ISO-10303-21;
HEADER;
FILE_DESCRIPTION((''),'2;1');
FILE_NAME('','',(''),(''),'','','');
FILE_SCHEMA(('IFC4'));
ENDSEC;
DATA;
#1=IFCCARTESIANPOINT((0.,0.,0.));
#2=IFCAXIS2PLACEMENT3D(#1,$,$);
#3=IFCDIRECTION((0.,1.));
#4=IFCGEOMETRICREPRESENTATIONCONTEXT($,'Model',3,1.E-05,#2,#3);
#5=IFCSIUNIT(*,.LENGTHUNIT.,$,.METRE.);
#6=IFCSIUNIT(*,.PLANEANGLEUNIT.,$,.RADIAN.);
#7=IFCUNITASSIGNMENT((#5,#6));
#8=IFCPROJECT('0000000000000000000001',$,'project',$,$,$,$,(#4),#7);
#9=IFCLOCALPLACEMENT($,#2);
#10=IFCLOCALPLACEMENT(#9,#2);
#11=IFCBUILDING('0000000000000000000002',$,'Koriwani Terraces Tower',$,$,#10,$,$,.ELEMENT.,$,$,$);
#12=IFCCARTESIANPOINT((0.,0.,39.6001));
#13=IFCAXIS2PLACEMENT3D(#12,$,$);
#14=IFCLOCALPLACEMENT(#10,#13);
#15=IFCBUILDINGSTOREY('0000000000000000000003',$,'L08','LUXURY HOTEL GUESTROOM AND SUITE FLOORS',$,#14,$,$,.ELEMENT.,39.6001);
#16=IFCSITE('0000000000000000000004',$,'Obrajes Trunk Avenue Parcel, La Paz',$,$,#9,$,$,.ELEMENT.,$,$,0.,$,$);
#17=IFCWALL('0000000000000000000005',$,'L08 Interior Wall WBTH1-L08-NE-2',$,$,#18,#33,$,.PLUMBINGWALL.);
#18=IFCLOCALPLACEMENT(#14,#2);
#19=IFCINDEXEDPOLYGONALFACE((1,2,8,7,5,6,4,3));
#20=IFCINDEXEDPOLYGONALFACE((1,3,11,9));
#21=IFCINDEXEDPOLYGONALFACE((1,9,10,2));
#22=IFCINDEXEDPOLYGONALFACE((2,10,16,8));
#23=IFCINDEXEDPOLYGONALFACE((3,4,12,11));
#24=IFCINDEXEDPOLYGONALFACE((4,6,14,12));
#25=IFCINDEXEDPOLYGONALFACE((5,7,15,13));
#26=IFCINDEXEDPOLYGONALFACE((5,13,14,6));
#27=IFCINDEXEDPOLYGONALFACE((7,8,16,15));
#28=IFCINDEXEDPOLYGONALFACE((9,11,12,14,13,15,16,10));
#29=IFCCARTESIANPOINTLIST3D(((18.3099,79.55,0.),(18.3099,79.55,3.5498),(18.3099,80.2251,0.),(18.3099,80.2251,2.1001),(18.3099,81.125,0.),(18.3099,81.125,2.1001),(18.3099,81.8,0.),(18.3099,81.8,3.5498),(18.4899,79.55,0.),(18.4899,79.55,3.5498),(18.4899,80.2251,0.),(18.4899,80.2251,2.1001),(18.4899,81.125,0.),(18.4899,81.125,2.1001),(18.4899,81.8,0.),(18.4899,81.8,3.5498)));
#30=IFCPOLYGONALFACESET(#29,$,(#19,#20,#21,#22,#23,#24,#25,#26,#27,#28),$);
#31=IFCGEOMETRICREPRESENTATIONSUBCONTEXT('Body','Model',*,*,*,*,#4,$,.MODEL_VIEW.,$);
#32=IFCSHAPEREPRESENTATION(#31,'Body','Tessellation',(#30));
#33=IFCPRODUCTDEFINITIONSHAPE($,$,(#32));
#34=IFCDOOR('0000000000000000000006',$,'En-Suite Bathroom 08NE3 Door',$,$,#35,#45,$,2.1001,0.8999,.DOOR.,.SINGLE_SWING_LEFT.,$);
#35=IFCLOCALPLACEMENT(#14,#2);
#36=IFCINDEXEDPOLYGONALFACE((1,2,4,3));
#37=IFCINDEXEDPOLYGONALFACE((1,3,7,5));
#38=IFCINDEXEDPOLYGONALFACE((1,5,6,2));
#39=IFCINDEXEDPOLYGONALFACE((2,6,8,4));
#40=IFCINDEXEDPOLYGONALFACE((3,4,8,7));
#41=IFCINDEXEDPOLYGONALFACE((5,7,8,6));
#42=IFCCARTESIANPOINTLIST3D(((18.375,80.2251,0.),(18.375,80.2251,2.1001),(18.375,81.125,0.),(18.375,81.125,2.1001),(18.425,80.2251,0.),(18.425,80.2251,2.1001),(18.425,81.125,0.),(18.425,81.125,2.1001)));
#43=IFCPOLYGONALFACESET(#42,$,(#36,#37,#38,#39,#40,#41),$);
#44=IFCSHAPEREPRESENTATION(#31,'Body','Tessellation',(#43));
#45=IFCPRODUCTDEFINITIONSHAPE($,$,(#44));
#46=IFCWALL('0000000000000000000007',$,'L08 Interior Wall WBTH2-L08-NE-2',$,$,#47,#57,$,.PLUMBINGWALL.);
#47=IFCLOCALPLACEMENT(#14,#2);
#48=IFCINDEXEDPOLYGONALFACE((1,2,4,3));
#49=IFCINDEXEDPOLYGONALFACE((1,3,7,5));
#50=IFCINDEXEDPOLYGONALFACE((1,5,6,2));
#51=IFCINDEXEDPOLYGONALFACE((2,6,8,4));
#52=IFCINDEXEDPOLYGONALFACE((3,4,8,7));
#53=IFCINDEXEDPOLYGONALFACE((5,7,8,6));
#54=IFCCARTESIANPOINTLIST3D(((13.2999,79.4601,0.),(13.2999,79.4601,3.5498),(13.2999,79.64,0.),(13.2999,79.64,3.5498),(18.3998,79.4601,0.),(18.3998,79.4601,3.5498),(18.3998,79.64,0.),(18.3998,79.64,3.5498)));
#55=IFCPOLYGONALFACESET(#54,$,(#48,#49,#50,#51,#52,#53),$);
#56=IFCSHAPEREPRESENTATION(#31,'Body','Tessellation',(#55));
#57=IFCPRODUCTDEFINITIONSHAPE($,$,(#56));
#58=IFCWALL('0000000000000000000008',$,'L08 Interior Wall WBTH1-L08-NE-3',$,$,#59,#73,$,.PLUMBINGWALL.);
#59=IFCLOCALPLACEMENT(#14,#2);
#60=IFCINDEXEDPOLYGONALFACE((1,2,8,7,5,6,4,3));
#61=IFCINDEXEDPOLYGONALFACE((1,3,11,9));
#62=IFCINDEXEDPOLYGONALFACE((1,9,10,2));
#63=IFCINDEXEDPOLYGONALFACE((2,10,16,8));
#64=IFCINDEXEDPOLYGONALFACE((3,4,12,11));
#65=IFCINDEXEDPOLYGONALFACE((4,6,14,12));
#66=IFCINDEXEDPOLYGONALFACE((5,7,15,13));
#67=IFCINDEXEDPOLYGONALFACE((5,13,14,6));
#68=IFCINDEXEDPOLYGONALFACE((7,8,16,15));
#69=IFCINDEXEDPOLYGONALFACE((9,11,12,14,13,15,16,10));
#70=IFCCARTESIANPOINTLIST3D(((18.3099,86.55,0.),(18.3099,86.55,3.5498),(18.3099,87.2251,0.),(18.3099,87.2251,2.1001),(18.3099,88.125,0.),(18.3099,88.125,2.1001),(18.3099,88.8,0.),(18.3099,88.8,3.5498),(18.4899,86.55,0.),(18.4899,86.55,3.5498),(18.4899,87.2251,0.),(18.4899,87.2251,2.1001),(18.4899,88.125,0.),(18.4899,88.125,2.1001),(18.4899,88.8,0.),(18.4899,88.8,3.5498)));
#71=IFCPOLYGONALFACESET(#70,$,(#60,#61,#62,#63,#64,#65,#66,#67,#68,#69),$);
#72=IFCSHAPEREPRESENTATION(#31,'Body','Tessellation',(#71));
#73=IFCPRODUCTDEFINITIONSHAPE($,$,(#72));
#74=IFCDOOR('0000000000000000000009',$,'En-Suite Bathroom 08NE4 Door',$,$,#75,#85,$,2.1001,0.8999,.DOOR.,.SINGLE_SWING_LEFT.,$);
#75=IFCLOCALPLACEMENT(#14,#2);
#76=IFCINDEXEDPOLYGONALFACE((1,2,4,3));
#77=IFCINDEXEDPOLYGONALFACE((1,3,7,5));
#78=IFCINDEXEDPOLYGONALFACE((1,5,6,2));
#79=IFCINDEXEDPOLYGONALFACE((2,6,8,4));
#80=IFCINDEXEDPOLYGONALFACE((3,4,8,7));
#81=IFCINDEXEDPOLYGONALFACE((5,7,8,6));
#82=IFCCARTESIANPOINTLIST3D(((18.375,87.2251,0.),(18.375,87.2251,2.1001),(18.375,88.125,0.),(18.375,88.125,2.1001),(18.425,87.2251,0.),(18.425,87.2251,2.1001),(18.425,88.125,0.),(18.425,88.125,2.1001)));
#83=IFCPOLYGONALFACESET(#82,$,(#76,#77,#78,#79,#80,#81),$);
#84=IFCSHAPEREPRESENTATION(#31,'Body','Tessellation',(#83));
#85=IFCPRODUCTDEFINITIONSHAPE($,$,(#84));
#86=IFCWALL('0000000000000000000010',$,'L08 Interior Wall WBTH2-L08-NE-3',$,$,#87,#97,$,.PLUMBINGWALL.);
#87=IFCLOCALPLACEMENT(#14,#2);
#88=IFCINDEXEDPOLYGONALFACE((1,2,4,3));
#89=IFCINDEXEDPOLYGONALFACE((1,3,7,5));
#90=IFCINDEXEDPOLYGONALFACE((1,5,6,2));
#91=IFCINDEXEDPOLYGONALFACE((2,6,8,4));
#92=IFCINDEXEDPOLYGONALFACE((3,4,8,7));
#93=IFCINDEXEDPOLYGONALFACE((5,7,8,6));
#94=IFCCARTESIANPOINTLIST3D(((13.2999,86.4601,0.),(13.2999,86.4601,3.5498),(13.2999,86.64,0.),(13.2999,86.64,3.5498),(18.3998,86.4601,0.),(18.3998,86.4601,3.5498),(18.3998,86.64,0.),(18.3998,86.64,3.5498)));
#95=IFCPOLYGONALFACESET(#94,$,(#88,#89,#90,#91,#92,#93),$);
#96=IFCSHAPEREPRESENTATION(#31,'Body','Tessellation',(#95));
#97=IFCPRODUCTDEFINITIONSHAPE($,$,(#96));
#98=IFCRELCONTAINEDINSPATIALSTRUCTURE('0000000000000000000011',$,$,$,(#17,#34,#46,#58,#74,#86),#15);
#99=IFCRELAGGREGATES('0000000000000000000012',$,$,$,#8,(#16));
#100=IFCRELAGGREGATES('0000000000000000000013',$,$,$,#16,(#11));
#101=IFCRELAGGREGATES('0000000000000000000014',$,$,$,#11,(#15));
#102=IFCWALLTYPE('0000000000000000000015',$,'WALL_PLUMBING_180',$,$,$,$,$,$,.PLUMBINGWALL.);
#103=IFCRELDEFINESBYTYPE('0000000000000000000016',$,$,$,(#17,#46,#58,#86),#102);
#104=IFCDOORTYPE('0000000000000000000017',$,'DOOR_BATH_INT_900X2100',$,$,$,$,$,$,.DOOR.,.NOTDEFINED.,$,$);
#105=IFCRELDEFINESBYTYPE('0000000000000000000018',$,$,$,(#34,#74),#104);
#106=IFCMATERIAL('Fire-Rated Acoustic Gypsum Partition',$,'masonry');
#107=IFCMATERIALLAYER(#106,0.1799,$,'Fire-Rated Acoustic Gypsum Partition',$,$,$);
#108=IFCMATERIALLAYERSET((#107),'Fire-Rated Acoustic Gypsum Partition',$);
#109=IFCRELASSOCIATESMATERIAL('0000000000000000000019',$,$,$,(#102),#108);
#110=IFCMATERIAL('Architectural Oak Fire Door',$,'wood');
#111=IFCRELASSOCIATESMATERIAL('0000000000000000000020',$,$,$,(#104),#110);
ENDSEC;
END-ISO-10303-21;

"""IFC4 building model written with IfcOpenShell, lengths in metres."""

from ifc_helpers import new_model, si_unit, direction, frame, frame_2d, origin, place, context, subcontext, project, spatial, rectangle, extrude, material, layer, layer_set, type_object, element, fill, save


model = new_model("IFC4")

# Units and contexts
model_context = context("Model", 3, precision=1e-05, world=origin(), true_north=direction((0.0, 1.0)))
body_context = subcontext(model_context, "Body", "Model", "MODEL_VIEW")
ifc_project = project(units=[si_unit("LENGTHUNIT", "METRE"), si_unit("PLANEANGLEUNIT", "RADIAN")], contexts=[model_context])

# Site, building, storey
site_placement = place(None, origin())
site = spatial("IfcSite", under=ifc_project, at=site_placement, Name="Obrajes Trunk Avenue Parcel, La Paz", CompositionType="ELEMENT", RefElevation=0.0)
building_placement = place(site_placement, origin())
building = spatial("IfcBuilding", under=site, at=building_placement, Name="Koriwani Terraces Tower", CompositionType="ELEMENT")
storey_placement = place(building_placement, frame((0.0, 0.0, 39.6001)))
storey = spatial("IfcBuildingStorey", under=building, at=storey_placement, Name="L08", Description="LUXURY HOTEL GUESTROOM AND SUITE FLOORS", CompositionType="ELEMENT", Elevation=39.6001)

# Wall, opening, door
ifc_material_1 = material(Name="Fire-Rated Acoustic Gypsum Partition", Category="masonry")
ifc_layer_1 = layer(ifc_material_1, 0.1799, Name="Fire-Rated Acoustic Gypsum Partition")
ifc_layer_set_1 = layer_set([ifc_layer_1], Name="Fire-Rated Acoustic Gypsum Partition")
wall_type_1 = type_object("IfcWallType", Name="WALL_PLUMBING_180", PredefinedType="PLUMBINGWALL", material=ifc_layer_set_1)
wall_1_placement = place(storey_placement, frame((18.3999, 79.55, 0.0), z_axis=(0.0, 0.0, 1.0), x_axis=(0.0, 1.0, 0.0)))
wall_1 = element("IfcWall", 1, at=wall_1_placement, inside=storey, type_object=wall_type_1, Name="L08 Interior Wall WBTH1-L08-NE-2", PredefinedType="PLUMBINGWALL", context=body_context, shape_type="SweptSolid", body=[
    extrude(rectangle(XDim=2.25, YDim=0.1799, at=frame_2d((1.125, 0.0))), origin(), (0.0, 0.0, 1.0), 3.5498),
])
opening_1_placement = place(wall_1_placement, frame((0.675, 0.0, 0.0)))
opening_1 = element("IfcOpeningElement", 2, at=opening_1_placement, cuts=wall_1, PredefinedType="OPENING", context=body_context, shape_type="SweptSolid", body=[
    extrude(rectangle(XDim=0.8999, YDim=2.1001, at=frame_2d((0.45, 1.05))), frame((0.0, 0.1001, 0.0), z_axis=(0.0, -1.0, 0.0), x_axis=(1.0, 0.0, 0.0)), (0.0, 0.0, 1.0), 0.2),
])
ifc_material_2 = material(Name="Architectural Oak Fire Door", Category="wood")
door_type = type_object("IfcDoorType", Name="DOOR_BATH_INT_900X2100", OperationType="NOTDEFINED", PredefinedType="DOOR", material=ifc_material_2)
door_1_placement = place(opening_1_placement, origin())
door_1 = element("IfcDoor", 3, at=door_1_placement, inside=storey, type_object=door_type, Name="En-Suite Bathroom 08NE3 Door", OperationType="SINGLE_SWING_LEFT", OverallHeight=2.1001, OverallWidth=0.8999, PredefinedType="DOOR", context=body_context, shape_type="SweptSolid", body=[
    extrude(rectangle(XDim=0.8999, YDim=2.1001, at=frame_2d((0.45, 1.05))), frame((0.0, 0.0249, 0.0), z_axis=(0.0, -1.0, 0.0), x_axis=(1.0, 0.0, 0.0)), (0.0, 0.0, 1.0), 0.05),
])
fill(opening_1, door_1)

# Wall
wall_2_placement = place(storey_placement, frame((13.3, 79.55, 0.0), z_axis=(0.0, 0.0, 1.0), x_axis=(1.0, 0.0, 0.0)))
element("IfcWall", 4, at=wall_2_placement, inside=storey, type_object=wall_type_1, Name="L08 Interior Wall WBTH2-L08-NE-2", PredefinedType="PLUMBINGWALL", context=body_context, shape_type="SweptSolid", body=[
    extrude(rectangle(XDim=5.0999, YDim=0.1799, at=frame_2d((2.5498, 0.0))), origin(), (0.0, 0.0, 1.0), 3.5498),
])

# Wall, opening, door
wall_3_placement = place(storey_placement, frame((18.3999, 86.55, 0.0), z_axis=(0.0, 0.0, 1.0), x_axis=(0.0, 1.0, 0.0)))
wall_3 = element("IfcWall", 5, at=wall_3_placement, inside=storey, type_object=wall_type_1, Name="L08 Interior Wall WBTH1-L08-NE-3", PredefinedType="PLUMBINGWALL", context=body_context, shape_type="SweptSolid", body=[
    extrude(rectangle(XDim=2.25, YDim=0.1799, at=frame_2d((1.125, 0.0))), origin(), (0.0, 0.0, 1.0), 3.5498),
])
opening_2_placement = place(wall_3_placement, frame((0.675, 0.0, 0.0)))
opening_2 = element("IfcOpeningElement", 6, at=opening_2_placement, cuts=wall_3, PredefinedType="OPENING", context=body_context, shape_type="SweptSolid", body=[
    extrude(rectangle(XDim=0.8999, YDim=2.1001, at=frame_2d((0.45, 1.05))), frame((0.0, 0.1001, 0.0), z_axis=(0.0, -1.0, 0.0), x_axis=(1.0, 0.0, 0.0)), (0.0, 0.0, 1.0), 0.2),
])
door_2_placement = place(opening_2_placement, origin())
door_2 = element("IfcDoor", 7, at=door_2_placement, inside=storey, type_object=door_type, Name="En-Suite Bathroom 08NE4 Door", OperationType="SINGLE_SWING_LEFT", OverallHeight=2.1001, OverallWidth=0.8999, PredefinedType="DOOR", context=body_context, shape_type="SweptSolid", body=[
    extrude(rectangle(XDim=0.8999, YDim=2.1001, at=frame_2d((0.45, 1.05))), frame((0.0, 0.0249, 0.0), z_axis=(0.0, -1.0, 0.0), x_axis=(1.0, 0.0, 0.0)), (0.0, 0.0, 1.0), 0.05),
])
fill(opening_2, door_2)

# Wall
wall_4_placement = place(storey_placement, frame((13.3, 86.55, 0.0), z_axis=(0.0, 0.0, 1.0), x_axis=(1.0, 0.0, 0.0)))
element("IfcWall", 8, at=wall_4_placement, inside=storey, type_object=wall_type_1, Name="L08 Interior Wall WBTH2-L08-NE-3", PredefinedType="PLUMBINGWALL", context=body_context, shape_type="SweptSolid", body=[
    extrude(rectangle(XDim=5.0999, YDim=0.1799, at=frame_2d((2.5498, 0.0))), origin(), (0.0, 0.0, 1.0), 3.5498),
])

save(model, "model.ifc")
